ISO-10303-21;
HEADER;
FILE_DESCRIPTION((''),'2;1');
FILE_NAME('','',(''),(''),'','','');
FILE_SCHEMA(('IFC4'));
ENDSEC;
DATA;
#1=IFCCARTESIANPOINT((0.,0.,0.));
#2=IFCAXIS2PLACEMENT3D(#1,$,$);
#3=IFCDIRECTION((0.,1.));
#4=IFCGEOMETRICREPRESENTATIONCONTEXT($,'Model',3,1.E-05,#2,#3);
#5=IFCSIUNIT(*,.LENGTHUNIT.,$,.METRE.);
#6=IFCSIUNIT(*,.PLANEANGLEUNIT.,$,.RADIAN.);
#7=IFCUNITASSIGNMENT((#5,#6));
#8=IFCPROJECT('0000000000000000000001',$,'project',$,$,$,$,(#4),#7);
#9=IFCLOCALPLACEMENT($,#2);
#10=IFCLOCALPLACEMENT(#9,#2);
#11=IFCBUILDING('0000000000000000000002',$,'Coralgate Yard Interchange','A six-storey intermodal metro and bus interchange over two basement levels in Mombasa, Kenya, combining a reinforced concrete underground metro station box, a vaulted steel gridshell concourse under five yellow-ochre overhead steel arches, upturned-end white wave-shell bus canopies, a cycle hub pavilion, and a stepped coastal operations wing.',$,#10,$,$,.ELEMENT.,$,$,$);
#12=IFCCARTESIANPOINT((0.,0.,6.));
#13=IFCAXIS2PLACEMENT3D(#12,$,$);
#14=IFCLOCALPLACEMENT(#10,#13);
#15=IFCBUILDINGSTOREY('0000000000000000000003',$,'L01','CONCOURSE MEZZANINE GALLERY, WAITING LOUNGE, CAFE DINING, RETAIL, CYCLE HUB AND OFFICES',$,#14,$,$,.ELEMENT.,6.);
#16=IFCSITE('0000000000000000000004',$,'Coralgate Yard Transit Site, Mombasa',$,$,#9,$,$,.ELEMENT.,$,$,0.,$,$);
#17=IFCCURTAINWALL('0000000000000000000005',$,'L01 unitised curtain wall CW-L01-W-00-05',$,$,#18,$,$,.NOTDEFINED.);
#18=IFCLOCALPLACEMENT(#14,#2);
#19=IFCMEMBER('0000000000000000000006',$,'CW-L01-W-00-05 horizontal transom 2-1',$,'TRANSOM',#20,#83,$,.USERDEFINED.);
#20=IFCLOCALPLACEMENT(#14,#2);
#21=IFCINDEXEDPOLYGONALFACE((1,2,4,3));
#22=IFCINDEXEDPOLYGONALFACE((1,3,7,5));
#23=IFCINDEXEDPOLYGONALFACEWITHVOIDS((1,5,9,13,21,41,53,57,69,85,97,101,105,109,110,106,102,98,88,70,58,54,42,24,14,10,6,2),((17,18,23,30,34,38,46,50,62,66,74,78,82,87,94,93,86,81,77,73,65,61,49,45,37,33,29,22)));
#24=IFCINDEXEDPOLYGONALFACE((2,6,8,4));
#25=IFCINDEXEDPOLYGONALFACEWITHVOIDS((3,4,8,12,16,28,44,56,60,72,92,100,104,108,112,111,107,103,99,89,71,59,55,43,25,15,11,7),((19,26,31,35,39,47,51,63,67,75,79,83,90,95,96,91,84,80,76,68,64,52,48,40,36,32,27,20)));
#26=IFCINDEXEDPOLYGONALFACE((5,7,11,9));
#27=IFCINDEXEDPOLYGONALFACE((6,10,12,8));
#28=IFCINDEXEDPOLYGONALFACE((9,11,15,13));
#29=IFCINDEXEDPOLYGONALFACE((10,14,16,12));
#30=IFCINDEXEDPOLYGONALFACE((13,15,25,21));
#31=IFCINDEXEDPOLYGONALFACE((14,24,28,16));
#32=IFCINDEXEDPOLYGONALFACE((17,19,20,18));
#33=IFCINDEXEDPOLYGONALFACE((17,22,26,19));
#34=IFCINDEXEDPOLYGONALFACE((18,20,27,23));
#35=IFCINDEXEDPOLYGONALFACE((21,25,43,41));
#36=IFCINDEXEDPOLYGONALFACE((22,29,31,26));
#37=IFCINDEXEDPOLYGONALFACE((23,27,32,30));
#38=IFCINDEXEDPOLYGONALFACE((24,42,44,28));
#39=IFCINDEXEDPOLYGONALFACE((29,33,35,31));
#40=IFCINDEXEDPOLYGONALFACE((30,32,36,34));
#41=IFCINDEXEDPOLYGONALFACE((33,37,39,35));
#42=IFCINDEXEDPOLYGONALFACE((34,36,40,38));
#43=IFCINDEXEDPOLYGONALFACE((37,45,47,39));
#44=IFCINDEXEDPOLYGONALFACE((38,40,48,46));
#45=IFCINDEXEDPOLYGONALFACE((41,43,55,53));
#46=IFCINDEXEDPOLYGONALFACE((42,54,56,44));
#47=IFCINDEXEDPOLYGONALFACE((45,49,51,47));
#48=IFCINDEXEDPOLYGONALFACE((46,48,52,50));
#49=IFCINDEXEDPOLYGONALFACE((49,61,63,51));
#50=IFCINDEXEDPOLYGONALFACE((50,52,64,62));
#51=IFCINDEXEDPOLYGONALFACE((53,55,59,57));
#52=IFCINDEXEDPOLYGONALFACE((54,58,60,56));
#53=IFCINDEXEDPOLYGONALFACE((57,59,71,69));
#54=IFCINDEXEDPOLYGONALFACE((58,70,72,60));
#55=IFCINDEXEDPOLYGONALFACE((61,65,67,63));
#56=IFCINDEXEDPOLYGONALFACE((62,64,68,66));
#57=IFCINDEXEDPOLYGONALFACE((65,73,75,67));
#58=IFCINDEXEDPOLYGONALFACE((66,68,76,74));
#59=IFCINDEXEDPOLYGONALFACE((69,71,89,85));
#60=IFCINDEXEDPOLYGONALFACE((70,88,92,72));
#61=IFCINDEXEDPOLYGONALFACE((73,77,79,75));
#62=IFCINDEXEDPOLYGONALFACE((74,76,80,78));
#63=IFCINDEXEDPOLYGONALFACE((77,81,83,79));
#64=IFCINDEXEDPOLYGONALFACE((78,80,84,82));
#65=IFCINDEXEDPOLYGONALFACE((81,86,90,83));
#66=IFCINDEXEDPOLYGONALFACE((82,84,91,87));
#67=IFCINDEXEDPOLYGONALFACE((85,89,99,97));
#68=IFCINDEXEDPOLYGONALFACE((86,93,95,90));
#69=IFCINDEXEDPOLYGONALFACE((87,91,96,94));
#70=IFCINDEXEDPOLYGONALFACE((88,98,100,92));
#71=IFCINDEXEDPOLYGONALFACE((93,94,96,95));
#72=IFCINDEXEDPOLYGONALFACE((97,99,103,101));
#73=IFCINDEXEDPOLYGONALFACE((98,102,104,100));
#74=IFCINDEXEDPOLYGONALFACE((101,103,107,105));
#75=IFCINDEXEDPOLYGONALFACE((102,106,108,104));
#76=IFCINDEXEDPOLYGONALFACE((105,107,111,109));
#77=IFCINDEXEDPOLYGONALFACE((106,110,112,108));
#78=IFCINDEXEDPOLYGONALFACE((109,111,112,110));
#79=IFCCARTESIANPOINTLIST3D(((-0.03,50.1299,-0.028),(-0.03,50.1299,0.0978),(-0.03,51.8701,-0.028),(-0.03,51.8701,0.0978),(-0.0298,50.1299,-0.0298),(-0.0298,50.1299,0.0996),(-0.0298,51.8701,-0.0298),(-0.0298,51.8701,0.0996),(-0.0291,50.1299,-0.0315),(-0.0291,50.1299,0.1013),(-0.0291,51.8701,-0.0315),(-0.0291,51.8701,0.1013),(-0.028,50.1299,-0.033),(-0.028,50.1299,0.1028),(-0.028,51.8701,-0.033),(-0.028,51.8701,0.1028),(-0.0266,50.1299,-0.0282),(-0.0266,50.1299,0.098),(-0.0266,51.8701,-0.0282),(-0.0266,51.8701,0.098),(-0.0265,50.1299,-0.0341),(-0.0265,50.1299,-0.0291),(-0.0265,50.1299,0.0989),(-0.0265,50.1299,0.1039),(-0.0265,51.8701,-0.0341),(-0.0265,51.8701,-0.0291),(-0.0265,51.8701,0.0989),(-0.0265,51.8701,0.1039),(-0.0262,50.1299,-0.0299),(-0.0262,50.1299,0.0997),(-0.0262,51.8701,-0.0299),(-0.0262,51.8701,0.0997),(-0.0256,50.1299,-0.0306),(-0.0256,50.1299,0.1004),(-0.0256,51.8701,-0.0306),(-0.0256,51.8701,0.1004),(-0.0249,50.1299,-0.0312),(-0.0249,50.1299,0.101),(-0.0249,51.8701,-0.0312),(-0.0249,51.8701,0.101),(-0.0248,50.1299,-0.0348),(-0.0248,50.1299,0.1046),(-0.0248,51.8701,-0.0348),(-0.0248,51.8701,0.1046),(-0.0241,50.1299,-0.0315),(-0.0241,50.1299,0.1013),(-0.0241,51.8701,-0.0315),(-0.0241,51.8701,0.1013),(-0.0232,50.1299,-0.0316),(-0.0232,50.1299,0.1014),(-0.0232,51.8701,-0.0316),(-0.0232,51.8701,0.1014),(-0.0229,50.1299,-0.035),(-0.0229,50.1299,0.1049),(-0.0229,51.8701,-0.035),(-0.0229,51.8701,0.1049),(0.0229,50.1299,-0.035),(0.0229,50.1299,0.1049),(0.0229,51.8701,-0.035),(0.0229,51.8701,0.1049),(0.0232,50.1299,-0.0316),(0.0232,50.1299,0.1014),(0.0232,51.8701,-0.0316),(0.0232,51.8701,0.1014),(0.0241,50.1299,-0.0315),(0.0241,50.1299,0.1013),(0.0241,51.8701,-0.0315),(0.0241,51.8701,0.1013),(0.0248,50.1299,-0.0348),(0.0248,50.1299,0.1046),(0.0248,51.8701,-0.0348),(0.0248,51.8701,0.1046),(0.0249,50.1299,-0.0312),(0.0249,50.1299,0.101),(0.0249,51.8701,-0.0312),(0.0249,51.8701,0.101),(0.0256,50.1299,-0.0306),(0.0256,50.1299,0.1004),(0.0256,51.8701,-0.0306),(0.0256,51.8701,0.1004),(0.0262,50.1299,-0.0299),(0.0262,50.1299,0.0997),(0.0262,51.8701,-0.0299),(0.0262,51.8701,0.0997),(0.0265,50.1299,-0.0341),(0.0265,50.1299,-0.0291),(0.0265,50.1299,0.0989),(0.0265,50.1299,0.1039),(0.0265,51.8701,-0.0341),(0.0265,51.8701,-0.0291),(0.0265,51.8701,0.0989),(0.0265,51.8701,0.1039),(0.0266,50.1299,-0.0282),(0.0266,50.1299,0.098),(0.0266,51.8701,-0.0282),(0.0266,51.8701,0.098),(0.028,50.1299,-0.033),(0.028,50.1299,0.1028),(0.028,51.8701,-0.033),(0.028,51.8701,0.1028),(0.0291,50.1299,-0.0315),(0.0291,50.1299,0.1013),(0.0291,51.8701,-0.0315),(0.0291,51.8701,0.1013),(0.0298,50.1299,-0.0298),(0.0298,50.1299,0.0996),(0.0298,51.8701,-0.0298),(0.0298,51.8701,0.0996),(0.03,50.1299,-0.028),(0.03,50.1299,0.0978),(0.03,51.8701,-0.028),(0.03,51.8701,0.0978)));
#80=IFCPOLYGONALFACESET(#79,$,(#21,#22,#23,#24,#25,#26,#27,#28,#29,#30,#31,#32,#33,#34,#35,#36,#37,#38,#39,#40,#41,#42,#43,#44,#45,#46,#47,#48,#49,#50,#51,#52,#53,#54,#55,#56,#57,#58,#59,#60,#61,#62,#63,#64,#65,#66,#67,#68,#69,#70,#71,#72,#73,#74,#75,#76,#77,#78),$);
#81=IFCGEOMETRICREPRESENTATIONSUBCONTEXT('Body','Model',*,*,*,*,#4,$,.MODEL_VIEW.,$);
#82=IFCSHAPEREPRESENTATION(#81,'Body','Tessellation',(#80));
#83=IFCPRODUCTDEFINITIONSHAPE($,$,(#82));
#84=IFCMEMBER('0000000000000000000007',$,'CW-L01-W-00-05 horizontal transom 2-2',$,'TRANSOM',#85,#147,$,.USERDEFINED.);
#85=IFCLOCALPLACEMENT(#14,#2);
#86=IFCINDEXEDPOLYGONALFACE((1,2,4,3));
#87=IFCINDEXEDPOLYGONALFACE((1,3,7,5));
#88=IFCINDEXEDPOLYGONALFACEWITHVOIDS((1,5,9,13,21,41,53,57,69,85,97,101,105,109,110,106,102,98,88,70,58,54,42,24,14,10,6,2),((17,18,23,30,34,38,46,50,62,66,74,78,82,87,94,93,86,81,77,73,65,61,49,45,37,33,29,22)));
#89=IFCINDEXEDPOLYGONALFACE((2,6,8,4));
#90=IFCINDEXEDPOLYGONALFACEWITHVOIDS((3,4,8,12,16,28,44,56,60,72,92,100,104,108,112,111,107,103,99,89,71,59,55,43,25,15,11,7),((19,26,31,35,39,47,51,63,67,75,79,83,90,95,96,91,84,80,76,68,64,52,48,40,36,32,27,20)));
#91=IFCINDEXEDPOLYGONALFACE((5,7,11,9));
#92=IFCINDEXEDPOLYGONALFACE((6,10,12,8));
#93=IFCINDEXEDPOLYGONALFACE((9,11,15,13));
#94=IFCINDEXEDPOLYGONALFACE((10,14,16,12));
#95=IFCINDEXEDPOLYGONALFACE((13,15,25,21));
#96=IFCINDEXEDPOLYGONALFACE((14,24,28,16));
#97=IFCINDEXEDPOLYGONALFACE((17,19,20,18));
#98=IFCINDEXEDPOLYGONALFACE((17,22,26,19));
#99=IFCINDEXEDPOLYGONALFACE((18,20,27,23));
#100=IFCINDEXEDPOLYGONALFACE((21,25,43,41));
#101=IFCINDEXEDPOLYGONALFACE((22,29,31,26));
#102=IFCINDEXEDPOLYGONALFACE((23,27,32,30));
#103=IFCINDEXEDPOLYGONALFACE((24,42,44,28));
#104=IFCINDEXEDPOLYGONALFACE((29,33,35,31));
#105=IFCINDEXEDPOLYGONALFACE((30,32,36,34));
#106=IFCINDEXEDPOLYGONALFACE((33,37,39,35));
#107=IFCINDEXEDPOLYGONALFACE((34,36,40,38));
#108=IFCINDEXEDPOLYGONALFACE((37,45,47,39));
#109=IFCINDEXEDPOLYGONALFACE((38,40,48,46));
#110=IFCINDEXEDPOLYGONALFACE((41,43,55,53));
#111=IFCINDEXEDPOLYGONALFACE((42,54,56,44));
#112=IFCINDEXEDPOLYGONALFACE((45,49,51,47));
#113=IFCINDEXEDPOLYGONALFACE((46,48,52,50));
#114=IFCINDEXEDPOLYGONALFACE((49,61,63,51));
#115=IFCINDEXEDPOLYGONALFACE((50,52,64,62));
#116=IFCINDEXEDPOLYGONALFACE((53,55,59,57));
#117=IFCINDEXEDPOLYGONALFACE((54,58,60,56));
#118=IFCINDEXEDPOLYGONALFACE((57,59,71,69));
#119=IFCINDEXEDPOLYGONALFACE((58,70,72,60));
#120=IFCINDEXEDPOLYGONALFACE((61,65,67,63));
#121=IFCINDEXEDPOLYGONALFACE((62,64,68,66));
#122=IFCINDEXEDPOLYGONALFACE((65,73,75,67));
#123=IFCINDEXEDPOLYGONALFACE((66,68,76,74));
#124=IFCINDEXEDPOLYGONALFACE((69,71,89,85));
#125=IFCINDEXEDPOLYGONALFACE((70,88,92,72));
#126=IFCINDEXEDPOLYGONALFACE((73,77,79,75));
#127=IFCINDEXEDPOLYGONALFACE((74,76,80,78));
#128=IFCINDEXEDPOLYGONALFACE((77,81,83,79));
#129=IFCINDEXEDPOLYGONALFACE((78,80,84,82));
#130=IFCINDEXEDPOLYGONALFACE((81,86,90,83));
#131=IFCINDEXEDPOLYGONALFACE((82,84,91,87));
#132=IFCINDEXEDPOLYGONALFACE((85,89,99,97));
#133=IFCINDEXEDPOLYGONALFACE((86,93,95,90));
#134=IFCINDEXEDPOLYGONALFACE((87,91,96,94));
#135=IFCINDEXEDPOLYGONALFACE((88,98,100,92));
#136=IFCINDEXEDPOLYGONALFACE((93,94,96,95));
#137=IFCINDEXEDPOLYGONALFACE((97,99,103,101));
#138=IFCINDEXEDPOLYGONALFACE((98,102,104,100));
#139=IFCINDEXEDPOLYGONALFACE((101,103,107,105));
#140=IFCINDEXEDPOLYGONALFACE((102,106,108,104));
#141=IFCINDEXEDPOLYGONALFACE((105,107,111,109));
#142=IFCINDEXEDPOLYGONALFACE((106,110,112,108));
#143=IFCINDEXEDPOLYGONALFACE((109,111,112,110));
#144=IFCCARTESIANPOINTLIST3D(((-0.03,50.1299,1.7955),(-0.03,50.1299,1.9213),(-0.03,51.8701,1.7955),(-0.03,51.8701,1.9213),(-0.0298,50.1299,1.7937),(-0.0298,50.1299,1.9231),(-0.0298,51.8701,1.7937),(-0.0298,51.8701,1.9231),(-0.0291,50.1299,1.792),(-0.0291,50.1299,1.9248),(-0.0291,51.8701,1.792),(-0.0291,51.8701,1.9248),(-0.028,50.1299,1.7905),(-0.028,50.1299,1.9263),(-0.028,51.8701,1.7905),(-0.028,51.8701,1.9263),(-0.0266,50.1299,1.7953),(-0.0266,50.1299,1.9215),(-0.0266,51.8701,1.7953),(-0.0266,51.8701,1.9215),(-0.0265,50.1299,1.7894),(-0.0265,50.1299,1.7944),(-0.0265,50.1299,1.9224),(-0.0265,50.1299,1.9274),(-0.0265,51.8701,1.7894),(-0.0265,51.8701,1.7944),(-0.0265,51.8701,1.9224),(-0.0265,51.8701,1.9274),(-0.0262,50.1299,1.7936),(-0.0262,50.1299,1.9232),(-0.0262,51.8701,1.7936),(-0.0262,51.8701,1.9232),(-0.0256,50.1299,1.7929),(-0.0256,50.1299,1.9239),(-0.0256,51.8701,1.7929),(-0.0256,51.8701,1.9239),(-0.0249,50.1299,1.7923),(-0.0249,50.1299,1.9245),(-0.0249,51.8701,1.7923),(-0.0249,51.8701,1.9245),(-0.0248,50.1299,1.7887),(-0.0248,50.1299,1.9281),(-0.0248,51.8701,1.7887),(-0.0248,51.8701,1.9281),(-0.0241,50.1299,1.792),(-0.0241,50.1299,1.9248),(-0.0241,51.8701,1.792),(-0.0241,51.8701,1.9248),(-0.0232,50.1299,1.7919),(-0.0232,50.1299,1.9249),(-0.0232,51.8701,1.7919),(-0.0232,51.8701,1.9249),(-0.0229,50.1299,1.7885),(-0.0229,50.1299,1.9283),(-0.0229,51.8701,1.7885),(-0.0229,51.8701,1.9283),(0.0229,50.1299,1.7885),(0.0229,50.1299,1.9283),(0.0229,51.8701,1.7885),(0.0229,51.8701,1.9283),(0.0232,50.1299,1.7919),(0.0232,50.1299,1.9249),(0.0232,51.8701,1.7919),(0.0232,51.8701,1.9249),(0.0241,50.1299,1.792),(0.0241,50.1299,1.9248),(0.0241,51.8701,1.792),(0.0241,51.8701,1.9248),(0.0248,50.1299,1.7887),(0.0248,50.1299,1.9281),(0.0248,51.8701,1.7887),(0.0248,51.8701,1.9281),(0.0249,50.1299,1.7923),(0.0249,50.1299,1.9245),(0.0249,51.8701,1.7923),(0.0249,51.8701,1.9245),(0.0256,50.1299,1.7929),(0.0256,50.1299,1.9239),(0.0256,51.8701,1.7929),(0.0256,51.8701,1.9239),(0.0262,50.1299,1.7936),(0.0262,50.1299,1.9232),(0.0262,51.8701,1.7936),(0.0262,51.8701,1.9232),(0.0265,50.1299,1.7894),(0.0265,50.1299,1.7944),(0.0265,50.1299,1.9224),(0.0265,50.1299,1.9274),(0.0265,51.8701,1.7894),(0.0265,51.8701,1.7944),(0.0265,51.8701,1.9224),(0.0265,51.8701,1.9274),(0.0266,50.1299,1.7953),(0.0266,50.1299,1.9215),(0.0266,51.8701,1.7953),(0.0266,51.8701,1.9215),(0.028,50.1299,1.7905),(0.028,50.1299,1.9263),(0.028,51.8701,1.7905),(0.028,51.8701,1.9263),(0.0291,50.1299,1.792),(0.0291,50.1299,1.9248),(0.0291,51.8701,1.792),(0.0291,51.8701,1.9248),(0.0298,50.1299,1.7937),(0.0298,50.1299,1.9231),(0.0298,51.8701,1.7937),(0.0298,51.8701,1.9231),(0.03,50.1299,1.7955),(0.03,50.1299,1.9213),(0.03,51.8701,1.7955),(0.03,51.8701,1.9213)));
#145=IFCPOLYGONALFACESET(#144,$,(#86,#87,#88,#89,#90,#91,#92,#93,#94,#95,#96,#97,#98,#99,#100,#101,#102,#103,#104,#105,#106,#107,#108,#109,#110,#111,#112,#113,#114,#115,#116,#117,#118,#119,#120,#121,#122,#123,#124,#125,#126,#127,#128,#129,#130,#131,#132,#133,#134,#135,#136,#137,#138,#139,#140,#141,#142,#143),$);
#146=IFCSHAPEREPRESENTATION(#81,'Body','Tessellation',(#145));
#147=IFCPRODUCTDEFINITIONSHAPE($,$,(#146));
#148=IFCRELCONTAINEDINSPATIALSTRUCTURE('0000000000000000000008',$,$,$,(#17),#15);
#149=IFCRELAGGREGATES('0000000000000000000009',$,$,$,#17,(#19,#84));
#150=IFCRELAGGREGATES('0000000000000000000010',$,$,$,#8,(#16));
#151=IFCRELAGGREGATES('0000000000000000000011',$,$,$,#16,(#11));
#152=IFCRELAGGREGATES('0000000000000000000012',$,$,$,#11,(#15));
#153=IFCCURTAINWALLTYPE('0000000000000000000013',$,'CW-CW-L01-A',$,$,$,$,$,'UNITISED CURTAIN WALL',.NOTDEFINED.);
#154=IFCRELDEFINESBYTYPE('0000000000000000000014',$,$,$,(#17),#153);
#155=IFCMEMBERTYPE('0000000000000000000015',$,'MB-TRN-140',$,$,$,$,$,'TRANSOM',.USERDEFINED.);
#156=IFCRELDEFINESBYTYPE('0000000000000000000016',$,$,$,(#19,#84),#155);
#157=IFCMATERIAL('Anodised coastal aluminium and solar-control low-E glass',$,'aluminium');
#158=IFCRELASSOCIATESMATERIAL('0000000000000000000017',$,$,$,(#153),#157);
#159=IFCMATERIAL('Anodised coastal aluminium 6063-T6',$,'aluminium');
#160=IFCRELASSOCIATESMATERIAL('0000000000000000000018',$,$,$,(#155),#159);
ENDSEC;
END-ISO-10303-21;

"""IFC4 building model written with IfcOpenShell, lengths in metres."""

from ifc_helpers import new_model, si_unit, direction, frame, origin, origin_2d, place, context, subcontext, project, spatial, hollow_rectangle, extrude, material, material_profile, profile_set, type_object, element, aggregate, save


model = new_model("IFC4")

# Units and contexts
model_context = context("Model", 3, precision=1e-05, world=origin(), true_north=direction((0.0, 1.0)))
body_context = subcontext(model_context, "Body", "Model", "MODEL_VIEW")
ifc_project = project(units=[si_unit("LENGTHUNIT", "METRE"), si_unit("PLANEANGLEUNIT", "RADIAN")], contexts=[model_context])

# Site, building, storey
site_placement = place(None, origin())
site = spatial("IfcSite", under=ifc_project, at=site_placement, Name="Coralgate Yard Transit Site, Mombasa", CompositionType="ELEMENT", RefElevation=0.0)
building_placement = place(site_placement, origin())
building = spatial("IfcBuilding", under=site, at=building_placement, Name="Coralgate Yard Interchange", Description="A six-storey intermodal metro and bus interchange over two basement levels in Mombasa, Kenya, combining a reinforced concrete underground metro station box, a vaulted steel gridshell concourse under five yellow-ochre overhead steel arches, upturned-end white wave-shell bus canopies, a cycle hub pavilion, and a stepped coastal operations wing.", CompositionType="ELEMENT")
storey_placement = place(building_placement, frame((0.0, 0.0, 6.0)))
storey = spatial("IfcBuildingStorey", under=building, at=storey_placement, Name="L01", Description="CONCOURSE MEZZANINE GALLERY, WAITING LOUNGE, CAFE DINING, RETAIL, CYCLE HUB AND OFFICES", CompositionType="ELEMENT", Elevation=6.0)

# Curtain wall, members
ifc_material_1 = material(Name="Anodised coastal aluminium and solar-control low-E glass", Category="aluminium")
curtain_wall_type = type_object("IfcCurtainWallType", Name="CW-CW-L01-A", ElementType="UNITISED CURTAIN WALL", PredefinedType="NOTDEFINED", material=ifc_material_1)
curtain_wall_placement = place(storey_placement, origin())
curtain_wall = element("IfcCurtainWall", 1, at=curtain_wall_placement, inside=storey, type_object=curtain_wall_type, Name="L01 unitised curtain wall CW-L01-W-00-05", PredefinedType="NOTDEFINED")
ifc_material_2 = material(Name="Anodised coastal aluminium 6063-T6", Category="aluminium")
ifc_material_profile_1 = material_profile(ifc_material_2, hollow_rectangle(XDim=0.0601, YDim=0.1399, WallThickness=0.0034, InnerFilletRadius=0.0034, OuterFilletRadius=0.0071, at=origin_2d()), Name="ALU 60x140x3.5")
ifc_profile_set_1 = profile_set([ifc_material_profile_1], Name="Anodised coastal aluminium 6063-T6")
member_type_1 = type_object("IfcMemberType", Name="MB-TRN-140", ElementType="TRANSOM", PredefinedType="USERDEFINED", material=ifc_profile_set_1)
member_1_placement = place(storey_placement, frame((0.0, 50.1299, 0.0349), z_axis=(0.0, 1.0, 0.0), x_axis=(-1.0, 0.0, 0.0)))
member_1 = element("IfcMember", 2, at=member_1_placement, type_object=member_type_1, Name="CW-L01-W-00-05 horizontal transom 2-1", ObjectType="TRANSOM", PredefinedType="USERDEFINED", context=body_context, shape_type="SweptSolid", body=[
    extrude(hollow_rectangle(XDim=0.0601, YDim=0.1399, WallThickness=0.0034, InnerFilletRadius=0.0034, OuterFilletRadius=0.0071, at=origin_2d()), origin(), (0.0, 0.0, 1.0), 1.7402),
])
member_2_placement = place(storey_placement, frame((0.0, 50.1299, 1.8584), z_axis=(0.0, 1.0, 0.0), x_axis=(-1.0, 0.0, 0.0)))
member_2 = element("IfcMember", 3, at=member_2_placement, type_object=member_type_1, Name="CW-L01-W-00-05 horizontal transom 2-2", ObjectType="TRANSOM", PredefinedType="USERDEFINED", context=body_context, shape_type="SweptSolid", body=[
    extrude(hollow_rectangle(XDim=0.0601, YDim=0.1399, WallThickness=0.0034, InnerFilletRadius=0.0034, OuterFilletRadius=0.0071, at=origin_2d()), origin(), (0.0, 0.0, 1.0), 1.7402),
])
aggregate(curtain_wall, [member_1, member_2])

save(model, "model.ifc")
